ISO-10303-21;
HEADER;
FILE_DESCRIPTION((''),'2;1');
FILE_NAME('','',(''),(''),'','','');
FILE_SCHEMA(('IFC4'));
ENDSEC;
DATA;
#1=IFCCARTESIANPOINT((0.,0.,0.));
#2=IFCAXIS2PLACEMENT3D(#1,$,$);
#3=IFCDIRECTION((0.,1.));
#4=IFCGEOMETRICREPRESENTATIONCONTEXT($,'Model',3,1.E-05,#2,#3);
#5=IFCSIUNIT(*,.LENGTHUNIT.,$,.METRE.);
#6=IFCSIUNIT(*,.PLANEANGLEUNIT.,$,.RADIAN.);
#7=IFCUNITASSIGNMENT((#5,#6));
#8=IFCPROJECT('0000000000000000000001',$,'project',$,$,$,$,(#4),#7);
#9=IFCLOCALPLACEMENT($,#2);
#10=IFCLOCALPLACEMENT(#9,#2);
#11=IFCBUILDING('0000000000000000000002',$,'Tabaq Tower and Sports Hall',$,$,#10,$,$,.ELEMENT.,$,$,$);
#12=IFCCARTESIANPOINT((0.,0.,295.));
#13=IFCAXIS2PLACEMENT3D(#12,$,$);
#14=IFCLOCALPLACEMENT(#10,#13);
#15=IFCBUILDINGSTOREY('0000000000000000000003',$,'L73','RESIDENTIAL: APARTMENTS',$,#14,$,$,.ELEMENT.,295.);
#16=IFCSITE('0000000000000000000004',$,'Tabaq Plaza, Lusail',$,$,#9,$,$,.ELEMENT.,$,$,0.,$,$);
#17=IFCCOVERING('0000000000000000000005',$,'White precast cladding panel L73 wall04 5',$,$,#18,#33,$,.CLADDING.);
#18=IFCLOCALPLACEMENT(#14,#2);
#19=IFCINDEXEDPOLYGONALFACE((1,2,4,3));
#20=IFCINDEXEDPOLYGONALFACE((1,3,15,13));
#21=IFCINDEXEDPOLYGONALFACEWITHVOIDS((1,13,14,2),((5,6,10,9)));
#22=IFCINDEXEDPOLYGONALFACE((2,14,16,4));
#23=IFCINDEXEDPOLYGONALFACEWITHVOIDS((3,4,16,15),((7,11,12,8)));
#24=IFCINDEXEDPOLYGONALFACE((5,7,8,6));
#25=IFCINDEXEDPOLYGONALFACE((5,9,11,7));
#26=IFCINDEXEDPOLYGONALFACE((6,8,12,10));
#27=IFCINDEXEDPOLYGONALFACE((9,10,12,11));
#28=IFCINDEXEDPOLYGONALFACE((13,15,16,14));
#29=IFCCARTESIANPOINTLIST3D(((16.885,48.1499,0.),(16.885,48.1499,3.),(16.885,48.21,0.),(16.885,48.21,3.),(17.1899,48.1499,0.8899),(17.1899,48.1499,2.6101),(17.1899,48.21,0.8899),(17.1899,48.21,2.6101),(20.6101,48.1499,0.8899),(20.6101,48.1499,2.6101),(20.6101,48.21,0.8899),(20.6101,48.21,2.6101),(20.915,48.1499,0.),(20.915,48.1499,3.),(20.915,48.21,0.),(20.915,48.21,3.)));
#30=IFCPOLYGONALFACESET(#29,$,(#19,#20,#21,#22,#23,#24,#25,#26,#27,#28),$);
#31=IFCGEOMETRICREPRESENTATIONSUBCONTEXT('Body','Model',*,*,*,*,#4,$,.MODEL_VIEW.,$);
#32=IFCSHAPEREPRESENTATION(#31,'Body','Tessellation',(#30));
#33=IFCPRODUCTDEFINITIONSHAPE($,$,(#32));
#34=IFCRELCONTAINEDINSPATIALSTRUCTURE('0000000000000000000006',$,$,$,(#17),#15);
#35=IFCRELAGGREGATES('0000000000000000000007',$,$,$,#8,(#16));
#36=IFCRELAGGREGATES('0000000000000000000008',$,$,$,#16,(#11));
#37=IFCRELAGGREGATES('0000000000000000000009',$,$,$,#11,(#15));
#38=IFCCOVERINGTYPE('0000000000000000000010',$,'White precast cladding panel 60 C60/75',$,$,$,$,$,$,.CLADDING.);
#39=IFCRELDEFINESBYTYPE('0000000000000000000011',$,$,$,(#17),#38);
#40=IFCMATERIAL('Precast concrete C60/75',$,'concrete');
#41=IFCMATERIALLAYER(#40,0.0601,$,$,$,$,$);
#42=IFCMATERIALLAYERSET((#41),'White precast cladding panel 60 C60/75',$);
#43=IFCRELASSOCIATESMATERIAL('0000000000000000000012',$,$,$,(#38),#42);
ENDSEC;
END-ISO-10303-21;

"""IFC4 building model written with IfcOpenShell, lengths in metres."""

from ifc_helpers import new_model, si_unit, direction, frame, origin, place, context, subcontext, project, spatial, polyline, outline, extrude, material, layer, layer_set, type_object, element, save


model = new_model("IFC4")

# Units and contexts
model_context = context("Model", 3, precision=1e-05, world=origin(), true_north=direction((0.0, 1.0)))
body_context = subcontext(model_context, "Body", "Model", "MODEL_VIEW")
ifc_project = project(units=[si_unit("LENGTHUNIT", "METRE"), si_unit("PLANEANGLEUNIT", "RADIAN")], contexts=[model_context])

# Site, building, storey
site_placement = place(None, origin())
site = spatial("IfcSite", under=ifc_project, at=site_placement, Name="Tabaq Plaza, Lusail", CompositionType="ELEMENT", RefElevation=0.0)
building_placement = place(site_placement, origin())
building = spatial("IfcBuilding", under=site, at=building_placement, Name="Tabaq Tower and Sports Hall", CompositionType="ELEMENT")
storey_placement = place(building_placement, frame((0.0, 0.0, 295.0)))
storey = spatial("IfcBuildingStorey", under=building, at=storey_placement, Name="L73", Description="RESIDENTIAL: APARTMENTS", CompositionType="ELEMENT", Elevation=295.0)

# Covering
ifc_material_1 = material(Name="Precast concrete C60/75", Category="concrete")
ifc_layer_1 = layer(ifc_material_1, 0.0601)
ifc_layer_set_1 = layer_set([ifc_layer_1], Name="White precast cladding panel 60 C60/75")
covering_type_1 = type_object("IfcCoveringType", Name="White precast cladding panel 60 C60/75", PredefinedType="CLADDING", material=ifc_layer_set_1)
covering_1_placement = place(storey_placement, frame((20.915, 48.1799, 0.0), z_axis=(0.0, 0.0, 1.0), x_axis=(-1.0, 0.0, 0.0)))
element("IfcCovering", 1, at=covering_1_placement, inside=storey, type_object=covering_type_1, Name="White precast cladding panel L73 wall04 5", PredefinedType="CLADDING", context=body_context, shape_type="SweptSolid", body=[
    extrude(outline(polyline([(0.0, 0.0), (4.03, 0.0), (4.03, 3.0), (0.0, 3.0), (0.0, 0.0)]), holes=[polyline([(0.3049, 0.8899), (0.3049, 2.6101), (3.7251, 2.6101), (3.7251, 0.8899), (0.3049, 0.8899)])]), frame((0.0, 0.03, 0.0), z_axis=(0.0, -1.0, 0.0), x_axis=(1.0, 0.0, 0.0)), (0.0, 0.0, 1.0), 0.0601),
])

save(model, "model.ifc")
